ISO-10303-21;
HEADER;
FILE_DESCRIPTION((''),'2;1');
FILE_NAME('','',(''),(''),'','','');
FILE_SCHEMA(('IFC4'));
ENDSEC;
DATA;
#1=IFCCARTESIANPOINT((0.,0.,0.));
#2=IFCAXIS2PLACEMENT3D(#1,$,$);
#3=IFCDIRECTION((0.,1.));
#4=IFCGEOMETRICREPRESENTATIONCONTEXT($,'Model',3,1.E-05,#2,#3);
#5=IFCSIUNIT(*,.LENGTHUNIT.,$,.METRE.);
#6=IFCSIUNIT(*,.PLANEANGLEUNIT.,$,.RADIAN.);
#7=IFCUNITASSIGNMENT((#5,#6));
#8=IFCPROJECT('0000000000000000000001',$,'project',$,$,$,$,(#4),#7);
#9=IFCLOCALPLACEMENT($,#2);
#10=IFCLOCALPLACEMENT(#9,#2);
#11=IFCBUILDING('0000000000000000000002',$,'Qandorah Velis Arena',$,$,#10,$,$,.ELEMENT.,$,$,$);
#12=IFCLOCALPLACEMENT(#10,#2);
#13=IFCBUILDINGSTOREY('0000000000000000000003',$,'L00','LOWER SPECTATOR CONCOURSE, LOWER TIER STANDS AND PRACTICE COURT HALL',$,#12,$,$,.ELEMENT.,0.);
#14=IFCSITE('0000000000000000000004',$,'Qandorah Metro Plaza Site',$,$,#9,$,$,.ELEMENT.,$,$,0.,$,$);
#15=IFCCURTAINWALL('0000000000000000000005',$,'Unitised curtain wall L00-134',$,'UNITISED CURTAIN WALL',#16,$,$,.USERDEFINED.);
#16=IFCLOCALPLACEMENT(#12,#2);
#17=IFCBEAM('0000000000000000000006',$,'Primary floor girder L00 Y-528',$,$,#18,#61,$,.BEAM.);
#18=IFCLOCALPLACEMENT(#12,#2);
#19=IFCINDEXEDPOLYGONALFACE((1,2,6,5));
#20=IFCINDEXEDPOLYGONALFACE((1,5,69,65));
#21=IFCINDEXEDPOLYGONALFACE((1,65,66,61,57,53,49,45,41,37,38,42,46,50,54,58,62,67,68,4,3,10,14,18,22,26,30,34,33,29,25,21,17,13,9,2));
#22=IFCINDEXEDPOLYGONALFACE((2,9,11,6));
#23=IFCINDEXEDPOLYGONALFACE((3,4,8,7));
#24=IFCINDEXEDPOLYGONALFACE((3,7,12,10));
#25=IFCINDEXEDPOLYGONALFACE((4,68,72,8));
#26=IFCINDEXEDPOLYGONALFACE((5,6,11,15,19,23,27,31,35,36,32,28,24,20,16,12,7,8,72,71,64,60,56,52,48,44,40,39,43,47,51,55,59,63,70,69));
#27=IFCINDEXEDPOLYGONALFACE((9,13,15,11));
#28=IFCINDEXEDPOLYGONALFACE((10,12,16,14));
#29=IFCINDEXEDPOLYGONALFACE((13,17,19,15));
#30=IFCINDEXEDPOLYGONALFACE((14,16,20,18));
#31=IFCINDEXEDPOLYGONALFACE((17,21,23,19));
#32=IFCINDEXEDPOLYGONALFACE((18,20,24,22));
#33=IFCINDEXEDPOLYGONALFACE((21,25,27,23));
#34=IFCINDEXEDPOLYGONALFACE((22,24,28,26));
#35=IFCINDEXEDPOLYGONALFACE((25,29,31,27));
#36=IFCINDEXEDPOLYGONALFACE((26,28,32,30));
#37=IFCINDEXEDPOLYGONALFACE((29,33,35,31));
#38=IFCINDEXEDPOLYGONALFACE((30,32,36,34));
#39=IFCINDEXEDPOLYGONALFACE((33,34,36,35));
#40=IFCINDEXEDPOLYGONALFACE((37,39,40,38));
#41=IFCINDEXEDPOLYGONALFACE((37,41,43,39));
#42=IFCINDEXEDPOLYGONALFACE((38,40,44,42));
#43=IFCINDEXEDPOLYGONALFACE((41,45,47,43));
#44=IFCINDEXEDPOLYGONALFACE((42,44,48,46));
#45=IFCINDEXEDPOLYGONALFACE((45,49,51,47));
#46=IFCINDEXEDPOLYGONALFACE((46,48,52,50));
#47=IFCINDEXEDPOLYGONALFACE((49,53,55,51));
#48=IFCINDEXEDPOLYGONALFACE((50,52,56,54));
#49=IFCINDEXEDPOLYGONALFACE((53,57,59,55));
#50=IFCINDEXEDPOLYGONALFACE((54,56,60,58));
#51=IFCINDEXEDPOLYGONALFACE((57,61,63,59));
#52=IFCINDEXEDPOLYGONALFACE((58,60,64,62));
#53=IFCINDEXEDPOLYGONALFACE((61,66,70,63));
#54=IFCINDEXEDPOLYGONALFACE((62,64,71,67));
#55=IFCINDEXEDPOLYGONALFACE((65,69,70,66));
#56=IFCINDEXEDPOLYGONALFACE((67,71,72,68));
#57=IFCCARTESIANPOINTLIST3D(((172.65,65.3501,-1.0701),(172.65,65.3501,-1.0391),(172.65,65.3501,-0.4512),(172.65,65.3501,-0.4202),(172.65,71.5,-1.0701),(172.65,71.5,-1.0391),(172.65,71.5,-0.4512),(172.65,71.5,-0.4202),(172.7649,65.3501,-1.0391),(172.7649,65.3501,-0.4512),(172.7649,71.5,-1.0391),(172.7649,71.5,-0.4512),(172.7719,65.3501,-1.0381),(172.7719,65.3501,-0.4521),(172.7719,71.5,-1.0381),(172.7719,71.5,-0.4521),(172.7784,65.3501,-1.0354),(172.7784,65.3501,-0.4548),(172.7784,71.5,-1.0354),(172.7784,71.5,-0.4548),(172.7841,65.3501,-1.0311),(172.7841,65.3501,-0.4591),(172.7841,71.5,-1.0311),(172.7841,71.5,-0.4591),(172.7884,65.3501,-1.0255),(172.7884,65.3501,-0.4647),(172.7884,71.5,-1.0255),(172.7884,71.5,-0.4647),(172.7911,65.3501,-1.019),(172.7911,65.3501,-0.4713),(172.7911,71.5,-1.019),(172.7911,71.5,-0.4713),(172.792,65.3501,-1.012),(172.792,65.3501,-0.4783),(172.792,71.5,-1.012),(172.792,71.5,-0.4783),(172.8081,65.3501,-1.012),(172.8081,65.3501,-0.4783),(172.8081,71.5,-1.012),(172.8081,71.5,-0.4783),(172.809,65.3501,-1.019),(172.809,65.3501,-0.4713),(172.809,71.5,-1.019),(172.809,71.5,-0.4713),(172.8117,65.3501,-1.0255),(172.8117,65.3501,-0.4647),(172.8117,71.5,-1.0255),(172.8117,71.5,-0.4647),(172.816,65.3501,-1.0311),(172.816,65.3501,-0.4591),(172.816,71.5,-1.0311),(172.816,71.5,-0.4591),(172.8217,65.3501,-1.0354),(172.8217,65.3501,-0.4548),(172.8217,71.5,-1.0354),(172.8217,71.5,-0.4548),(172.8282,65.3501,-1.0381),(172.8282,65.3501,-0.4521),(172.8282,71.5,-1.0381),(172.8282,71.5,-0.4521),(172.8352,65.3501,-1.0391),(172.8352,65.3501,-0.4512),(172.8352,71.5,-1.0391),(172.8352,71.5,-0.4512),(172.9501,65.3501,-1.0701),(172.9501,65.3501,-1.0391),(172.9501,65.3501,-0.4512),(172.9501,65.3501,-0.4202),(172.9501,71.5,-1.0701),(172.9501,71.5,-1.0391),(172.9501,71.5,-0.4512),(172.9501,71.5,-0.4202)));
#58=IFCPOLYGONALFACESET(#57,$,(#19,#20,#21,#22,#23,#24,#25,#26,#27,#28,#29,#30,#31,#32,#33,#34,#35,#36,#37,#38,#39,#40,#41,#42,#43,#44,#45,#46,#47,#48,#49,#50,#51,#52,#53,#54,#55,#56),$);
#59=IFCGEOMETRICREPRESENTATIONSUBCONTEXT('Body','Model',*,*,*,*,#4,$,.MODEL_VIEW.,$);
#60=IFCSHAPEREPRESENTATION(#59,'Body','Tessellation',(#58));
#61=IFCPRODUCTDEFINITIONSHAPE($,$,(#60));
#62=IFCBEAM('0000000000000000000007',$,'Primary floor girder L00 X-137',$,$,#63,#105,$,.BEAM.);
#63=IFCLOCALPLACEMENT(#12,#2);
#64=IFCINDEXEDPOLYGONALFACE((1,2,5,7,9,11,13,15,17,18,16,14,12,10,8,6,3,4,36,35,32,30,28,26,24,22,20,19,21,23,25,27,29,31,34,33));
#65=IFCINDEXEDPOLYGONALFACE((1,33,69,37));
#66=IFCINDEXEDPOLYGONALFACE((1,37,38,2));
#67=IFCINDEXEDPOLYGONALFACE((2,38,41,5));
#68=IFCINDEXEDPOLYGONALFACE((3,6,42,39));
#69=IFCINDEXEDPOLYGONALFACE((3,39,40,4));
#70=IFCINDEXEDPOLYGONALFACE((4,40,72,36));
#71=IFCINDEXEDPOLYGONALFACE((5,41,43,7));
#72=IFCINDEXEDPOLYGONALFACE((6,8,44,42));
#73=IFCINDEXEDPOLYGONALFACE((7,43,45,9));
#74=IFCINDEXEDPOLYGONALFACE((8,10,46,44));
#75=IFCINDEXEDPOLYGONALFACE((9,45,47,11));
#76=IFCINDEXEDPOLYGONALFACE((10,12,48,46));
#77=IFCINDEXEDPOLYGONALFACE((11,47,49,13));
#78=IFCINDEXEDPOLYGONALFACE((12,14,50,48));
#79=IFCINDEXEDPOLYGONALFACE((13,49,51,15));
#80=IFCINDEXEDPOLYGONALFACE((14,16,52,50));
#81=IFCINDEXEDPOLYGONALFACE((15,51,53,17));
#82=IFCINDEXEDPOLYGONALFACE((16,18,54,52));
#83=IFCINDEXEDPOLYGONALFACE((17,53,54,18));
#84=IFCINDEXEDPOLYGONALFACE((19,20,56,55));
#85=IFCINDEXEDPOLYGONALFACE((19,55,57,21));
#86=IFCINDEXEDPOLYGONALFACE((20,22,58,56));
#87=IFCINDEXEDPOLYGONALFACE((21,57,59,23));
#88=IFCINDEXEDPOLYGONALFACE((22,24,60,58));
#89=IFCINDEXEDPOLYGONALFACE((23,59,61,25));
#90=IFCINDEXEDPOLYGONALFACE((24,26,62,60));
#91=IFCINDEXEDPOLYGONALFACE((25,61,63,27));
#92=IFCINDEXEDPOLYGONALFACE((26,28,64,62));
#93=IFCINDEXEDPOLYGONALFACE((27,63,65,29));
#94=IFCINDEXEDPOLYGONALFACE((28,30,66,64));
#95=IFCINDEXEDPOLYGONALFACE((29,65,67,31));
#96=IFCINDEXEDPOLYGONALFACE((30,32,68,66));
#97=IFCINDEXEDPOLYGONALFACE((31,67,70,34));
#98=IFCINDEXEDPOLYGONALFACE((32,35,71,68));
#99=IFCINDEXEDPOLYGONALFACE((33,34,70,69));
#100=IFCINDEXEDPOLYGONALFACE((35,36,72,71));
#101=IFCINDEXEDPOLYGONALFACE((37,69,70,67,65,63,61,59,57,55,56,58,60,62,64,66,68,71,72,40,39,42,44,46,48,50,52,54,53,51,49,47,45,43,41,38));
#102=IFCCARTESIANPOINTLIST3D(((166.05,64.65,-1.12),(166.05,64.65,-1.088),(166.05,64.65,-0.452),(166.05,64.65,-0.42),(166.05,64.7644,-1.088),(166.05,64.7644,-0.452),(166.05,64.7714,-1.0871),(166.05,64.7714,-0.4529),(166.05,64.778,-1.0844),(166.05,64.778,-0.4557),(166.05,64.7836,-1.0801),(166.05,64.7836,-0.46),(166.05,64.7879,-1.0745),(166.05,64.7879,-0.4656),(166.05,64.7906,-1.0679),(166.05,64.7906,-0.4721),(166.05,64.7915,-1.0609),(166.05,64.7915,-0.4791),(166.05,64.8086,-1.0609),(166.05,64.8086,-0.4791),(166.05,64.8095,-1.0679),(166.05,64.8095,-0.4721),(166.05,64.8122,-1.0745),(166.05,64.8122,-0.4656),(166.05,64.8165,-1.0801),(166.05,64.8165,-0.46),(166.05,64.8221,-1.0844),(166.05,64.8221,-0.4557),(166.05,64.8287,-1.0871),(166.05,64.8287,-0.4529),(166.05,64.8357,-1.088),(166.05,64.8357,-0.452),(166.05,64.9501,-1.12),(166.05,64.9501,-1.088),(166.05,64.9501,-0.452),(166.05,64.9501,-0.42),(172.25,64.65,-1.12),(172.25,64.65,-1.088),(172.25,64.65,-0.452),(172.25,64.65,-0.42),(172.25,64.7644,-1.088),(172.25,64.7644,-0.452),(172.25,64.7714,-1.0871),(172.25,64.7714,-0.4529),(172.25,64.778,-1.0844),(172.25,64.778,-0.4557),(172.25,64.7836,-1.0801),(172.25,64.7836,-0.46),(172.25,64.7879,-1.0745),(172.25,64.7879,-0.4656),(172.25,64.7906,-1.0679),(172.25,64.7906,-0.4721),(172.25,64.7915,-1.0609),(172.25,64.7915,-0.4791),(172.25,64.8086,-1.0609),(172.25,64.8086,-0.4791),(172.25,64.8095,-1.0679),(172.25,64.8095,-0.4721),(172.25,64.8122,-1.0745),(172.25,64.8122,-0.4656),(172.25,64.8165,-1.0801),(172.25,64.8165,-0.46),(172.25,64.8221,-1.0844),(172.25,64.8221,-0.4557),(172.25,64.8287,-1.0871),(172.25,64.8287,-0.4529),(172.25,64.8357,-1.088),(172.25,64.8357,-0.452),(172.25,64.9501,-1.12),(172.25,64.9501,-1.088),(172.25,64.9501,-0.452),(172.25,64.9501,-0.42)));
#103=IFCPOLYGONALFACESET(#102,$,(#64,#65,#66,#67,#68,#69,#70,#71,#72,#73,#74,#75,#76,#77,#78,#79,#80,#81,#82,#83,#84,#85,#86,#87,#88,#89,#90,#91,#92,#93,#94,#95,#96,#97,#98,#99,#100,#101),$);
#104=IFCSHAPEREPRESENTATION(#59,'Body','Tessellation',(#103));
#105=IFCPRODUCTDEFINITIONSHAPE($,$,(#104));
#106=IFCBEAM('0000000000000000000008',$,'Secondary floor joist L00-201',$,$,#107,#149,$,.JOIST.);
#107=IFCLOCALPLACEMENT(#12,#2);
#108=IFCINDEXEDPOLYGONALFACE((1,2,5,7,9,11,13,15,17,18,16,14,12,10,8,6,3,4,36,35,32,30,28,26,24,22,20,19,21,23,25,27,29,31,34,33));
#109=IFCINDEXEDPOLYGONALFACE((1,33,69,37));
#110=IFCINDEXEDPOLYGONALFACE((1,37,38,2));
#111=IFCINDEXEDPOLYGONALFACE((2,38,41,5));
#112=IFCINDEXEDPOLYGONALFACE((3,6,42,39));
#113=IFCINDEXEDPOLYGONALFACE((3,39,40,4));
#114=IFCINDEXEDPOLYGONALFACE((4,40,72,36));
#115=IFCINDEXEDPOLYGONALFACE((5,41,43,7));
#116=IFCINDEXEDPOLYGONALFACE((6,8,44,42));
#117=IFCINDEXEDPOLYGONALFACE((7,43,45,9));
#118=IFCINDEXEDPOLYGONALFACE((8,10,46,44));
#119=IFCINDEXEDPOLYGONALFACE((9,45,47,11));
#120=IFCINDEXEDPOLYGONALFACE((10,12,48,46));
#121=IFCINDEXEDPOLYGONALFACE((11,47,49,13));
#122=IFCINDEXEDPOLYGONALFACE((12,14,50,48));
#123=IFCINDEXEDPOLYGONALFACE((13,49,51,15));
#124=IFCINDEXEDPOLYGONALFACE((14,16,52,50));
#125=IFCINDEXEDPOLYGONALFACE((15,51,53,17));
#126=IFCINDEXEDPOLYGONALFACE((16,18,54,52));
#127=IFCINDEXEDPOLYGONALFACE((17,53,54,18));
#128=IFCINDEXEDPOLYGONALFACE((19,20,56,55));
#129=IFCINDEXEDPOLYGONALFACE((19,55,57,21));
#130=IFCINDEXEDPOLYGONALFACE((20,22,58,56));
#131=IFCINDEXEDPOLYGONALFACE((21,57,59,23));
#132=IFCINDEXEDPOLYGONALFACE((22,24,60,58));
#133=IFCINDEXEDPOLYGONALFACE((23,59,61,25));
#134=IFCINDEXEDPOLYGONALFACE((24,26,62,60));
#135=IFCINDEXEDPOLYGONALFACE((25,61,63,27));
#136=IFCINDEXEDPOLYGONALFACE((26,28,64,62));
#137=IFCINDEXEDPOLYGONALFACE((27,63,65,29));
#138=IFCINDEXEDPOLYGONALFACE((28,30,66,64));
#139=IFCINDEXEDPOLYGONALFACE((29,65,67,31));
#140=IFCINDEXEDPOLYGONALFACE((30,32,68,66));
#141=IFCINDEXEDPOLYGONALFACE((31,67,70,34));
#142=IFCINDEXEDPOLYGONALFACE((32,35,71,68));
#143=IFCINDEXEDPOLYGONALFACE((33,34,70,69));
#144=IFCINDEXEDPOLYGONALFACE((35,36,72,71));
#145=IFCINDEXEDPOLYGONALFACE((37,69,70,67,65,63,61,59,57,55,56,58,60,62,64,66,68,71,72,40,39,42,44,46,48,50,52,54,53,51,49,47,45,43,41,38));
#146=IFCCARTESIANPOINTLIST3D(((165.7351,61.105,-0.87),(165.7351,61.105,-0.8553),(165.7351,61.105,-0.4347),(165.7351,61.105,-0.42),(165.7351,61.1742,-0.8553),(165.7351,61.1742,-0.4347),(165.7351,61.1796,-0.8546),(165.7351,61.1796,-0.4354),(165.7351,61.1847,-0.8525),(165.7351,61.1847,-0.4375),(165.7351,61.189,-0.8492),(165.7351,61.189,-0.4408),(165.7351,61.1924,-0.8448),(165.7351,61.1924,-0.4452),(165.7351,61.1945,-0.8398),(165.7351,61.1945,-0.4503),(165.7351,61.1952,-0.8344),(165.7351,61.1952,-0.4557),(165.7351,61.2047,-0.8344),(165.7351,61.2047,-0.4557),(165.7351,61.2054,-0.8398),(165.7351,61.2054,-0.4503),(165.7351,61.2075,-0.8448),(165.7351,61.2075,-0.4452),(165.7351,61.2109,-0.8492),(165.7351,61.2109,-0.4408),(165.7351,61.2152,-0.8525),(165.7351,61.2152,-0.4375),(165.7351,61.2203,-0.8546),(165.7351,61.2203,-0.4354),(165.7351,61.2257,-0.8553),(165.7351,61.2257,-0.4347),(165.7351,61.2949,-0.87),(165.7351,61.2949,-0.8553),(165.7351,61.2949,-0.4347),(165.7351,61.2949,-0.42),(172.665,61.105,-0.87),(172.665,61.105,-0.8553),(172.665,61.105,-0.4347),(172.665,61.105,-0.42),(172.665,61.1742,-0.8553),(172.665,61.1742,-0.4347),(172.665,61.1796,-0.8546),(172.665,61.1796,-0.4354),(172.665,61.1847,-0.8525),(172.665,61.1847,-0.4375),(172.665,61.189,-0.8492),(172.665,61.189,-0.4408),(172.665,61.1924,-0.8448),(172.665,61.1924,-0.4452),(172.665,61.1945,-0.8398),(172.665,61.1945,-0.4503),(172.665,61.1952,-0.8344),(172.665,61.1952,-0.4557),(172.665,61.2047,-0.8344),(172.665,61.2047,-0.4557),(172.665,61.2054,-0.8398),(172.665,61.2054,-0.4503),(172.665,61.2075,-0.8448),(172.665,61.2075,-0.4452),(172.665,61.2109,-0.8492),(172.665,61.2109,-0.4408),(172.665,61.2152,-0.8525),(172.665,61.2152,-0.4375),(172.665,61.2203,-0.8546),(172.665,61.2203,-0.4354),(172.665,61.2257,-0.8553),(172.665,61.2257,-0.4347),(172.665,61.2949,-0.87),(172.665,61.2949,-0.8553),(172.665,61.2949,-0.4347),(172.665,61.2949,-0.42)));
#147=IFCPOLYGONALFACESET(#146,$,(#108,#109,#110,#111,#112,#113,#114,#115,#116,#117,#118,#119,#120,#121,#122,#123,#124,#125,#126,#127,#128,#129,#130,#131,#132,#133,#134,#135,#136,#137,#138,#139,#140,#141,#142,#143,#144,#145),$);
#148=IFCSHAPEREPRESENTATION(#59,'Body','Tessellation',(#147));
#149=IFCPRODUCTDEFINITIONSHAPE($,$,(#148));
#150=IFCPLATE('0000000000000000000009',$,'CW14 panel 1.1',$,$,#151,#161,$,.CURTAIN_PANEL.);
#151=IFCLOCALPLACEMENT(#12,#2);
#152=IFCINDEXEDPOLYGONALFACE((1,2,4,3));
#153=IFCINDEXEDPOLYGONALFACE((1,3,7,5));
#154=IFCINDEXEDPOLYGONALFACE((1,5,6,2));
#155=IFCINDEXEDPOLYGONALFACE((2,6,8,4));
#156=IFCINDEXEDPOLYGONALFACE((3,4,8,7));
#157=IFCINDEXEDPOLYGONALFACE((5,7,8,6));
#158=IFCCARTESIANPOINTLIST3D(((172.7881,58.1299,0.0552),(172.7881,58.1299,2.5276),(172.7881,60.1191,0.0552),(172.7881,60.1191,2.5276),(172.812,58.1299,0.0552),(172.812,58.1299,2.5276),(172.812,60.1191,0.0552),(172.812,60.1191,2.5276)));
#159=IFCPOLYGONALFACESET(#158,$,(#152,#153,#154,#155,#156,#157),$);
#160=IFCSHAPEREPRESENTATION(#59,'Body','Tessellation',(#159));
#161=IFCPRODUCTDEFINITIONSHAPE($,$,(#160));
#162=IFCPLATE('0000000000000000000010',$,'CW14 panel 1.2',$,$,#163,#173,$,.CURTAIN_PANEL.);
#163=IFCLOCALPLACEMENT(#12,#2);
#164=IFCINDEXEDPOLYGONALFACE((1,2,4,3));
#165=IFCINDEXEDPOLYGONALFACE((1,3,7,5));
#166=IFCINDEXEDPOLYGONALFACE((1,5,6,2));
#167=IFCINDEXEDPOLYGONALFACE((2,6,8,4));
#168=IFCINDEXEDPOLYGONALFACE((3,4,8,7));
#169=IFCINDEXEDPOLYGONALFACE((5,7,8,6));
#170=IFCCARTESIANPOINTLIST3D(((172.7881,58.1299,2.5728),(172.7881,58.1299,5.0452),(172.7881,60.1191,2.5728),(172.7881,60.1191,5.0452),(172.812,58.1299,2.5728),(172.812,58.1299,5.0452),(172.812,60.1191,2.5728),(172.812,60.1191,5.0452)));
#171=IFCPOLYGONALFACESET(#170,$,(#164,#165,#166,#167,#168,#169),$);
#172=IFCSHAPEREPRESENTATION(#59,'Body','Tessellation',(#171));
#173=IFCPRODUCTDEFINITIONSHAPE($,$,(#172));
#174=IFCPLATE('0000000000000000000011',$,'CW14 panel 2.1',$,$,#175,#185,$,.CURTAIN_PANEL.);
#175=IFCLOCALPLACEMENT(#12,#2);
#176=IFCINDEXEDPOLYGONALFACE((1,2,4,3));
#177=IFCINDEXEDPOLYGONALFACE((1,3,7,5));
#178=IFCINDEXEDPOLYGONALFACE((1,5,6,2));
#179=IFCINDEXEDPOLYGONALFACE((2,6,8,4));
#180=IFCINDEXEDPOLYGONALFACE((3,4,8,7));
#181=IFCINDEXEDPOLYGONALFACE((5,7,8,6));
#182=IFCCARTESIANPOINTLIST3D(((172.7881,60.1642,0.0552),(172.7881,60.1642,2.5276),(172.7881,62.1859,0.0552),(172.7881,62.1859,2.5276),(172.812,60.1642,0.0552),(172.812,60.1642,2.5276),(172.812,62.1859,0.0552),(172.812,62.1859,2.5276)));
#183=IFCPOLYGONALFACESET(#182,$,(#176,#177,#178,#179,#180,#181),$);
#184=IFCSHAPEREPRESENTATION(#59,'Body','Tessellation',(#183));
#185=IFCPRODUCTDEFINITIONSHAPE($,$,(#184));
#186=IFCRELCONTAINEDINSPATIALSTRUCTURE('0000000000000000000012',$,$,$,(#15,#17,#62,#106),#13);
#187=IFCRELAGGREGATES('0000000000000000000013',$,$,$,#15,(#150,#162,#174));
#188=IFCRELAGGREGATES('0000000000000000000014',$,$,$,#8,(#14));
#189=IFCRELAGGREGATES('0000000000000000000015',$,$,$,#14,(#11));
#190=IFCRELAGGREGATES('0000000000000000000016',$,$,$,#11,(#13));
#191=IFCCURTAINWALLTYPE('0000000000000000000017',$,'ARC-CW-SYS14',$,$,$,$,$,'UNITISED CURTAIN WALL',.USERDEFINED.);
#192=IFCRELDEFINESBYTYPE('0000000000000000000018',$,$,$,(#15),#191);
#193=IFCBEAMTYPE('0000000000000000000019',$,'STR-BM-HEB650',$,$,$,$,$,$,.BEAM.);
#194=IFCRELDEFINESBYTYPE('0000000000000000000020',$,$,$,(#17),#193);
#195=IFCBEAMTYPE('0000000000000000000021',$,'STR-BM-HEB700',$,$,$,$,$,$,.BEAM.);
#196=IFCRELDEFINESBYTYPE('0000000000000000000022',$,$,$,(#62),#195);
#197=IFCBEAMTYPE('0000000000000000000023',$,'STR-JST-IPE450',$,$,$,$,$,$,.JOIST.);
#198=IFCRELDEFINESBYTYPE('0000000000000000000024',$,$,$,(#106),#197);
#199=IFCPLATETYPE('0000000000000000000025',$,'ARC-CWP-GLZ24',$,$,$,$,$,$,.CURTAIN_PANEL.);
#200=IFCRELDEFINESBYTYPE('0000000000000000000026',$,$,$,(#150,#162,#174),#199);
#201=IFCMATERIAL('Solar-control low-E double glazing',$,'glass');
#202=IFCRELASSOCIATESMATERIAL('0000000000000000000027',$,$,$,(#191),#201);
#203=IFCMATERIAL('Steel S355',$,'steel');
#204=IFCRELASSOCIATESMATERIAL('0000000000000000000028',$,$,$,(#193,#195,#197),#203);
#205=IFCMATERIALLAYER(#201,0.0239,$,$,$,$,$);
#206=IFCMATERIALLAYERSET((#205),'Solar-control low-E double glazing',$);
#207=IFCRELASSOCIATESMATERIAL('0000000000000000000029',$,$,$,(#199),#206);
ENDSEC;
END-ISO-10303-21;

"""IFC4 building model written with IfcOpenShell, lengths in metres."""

from ifc_helpers import new_model, si_unit, direction, frame, origin, origin_2d, place, context, subcontext, project, spatial, rectangle, i_section, extrude, material, layer, layer_set, material_profile, profile_set, type_object, element, aggregate, save


model = new_model("IFC4")

# Units and contexts
model_context = context("Model", 3, precision=1e-05, world=origin(), true_north=direction((0.0, 1.0)))
body_context = subcontext(model_context, "Body", "Model", "MODEL_VIEW")
ifc_project = project(units=[si_unit("LENGTHUNIT", "METRE"), si_unit("PLANEANGLEUNIT", "RADIAN")], contexts=[model_context])

# Site, building, storey
site_placement = place(None, origin())
site = spatial("IfcSite", under=ifc_project, at=site_placement, Name="Qandorah Metro Plaza Site", CompositionType="ELEMENT", RefElevation=0.0)
building_placement = place(site_placement, origin())
building = spatial("IfcBuilding", under=site, at=building_placement, Name="Qandorah Velis Arena", CompositionType="ELEMENT")
storey_placement = place(building_placement, origin())
storey = spatial("IfcBuildingStorey", under=building, at=storey_placement, Name="L00", Description="LOWER SPECTATOR CONCOURSE, LOWER TIER STANDS AND PRACTICE COURT HALL", CompositionType="ELEMENT", Elevation=0.0)

# Shared definitions
ifc_material_1 = material(Name="Solar-control low-E double glazing", Category="glass")

# Curtain wall
curtain_wall_type_1 = type_object("IfcCurtainWallType", Name="ARC-CW-SYS14", ElementType="UNITISED CURTAIN WALL", PredefinedType="USERDEFINED", material=ifc_material_1)
curtain_wall_1_placement = place(storey_placement, origin())
curtain_wall_1 = element("IfcCurtainWall", 1, at=curtain_wall_1_placement, inside=storey, type_object=curtain_wall_type_1, Name="Unitised curtain wall L00-134", ObjectType="UNITISED CURTAIN WALL", PredefinedType="USERDEFINED")

# Beams
ifc_material_2 = material(Name="Steel S355", Category="steel")
ifc_material_profile_1 = material_profile(ifc_material_2, i_section(OverallWidth=0.3, OverallDepth=0.6499, WebThickness=0.0161, FlangeThickness=0.031, FilletRadius=0.0271, at=origin_2d()), Name="HEB 650")
ifc_profile_set_1 = profile_set([ifc_material_profile_1], Name="Steel S355")
beam_type_1 = type_object("IfcBeamType", Name="STR-BM-HEB650", PredefinedType="BEAM", material=ifc_profile_set_1)
beam_1_placement = place(storey_placement, frame((172.8, 65.3501, -0.7451), z_axis=(0.0, 1.0, 0.0), x_axis=(-1.0, 0.0, 0.0)))
element("IfcBeam", 2, at=beam_1_placement, inside=storey, type_object=beam_type_1, Name="Primary floor girder L00 Y-528", PredefinedType="BEAM", context=body_context, shape_type="SweptSolid", body=[
    extrude(i_section(OverallWidth=0.3, OverallDepth=0.6499, WebThickness=0.0161, FlangeThickness=0.031, FilletRadius=0.0271, at=origin_2d()), origin(), (0.0, 0.0, 1.0), 6.1499),
])
ifc_material_profile_2 = material_profile(ifc_material_2, i_section(OverallWidth=0.3, OverallDepth=0.7, WebThickness=0.0171, FlangeThickness=0.032, FilletRadius=0.0271, at=origin_2d()), Name="HEB 700")
ifc_profile_set_2 = profile_set([ifc_material_profile_2], Name="Steel S355")
beam_type_2 = type_object("IfcBeamType", Name="STR-BM-HEB700", PredefinedType="BEAM", material=ifc_profile_set_2)
beam_2_placement = place(storey_placement, frame((166.05, 64.8, -0.77), z_axis=(1.0, 0.0, 0.0), x_axis=(0.0, 1.0, 0.0)))
element("IfcBeam", 3, at=beam_2_placement, inside=storey, type_object=beam_type_2, Name="Primary floor girder L00 X-137", PredefinedType="BEAM", context=body_context, shape_type="SweptSolid", body=[
    extrude(i_section(OverallWidth=0.3, OverallDepth=0.7, WebThickness=0.0171, FlangeThickness=0.032, FilletRadius=0.0271, at=origin_2d()), origin(), (0.0, 0.0, 1.0), 6.2),
])
ifc_material_profile_3 = material_profile(ifc_material_2, i_section(OverallWidth=0.1899, OverallDepth=0.45, WebThickness=0.0095, FlangeThickness=0.0146, FilletRadius=0.021, at=origin_2d()), Name="IPE 450")
ifc_profile_set_3 = profile_set([ifc_material_profile_3], Name="Steel S355")
beam_type_3 = type_object("IfcBeamType", Name="STR-JST-IPE450", PredefinedType="JOIST", material=ifc_profile_set_3)
beam_3_placement = place(storey_placement, frame((165.7351, 61.2, -0.645), z_axis=(1.0, 0.0, 0.0), x_axis=(0.0, 1.0, 0.0)))
element("IfcBeam", 4, at=beam_3_placement, inside=storey, type_object=beam_type_3, Name="Secondary floor joist L00-201", PredefinedType="JOIST", context=body_context, shape_type="SweptSolid", body=[
    extrude(i_section(OverallWidth=0.1899, OverallDepth=0.45, WebThickness=0.0095, FlangeThickness=0.0146, FilletRadius=0.021, at=origin_2d()), origin(), (0.0, 0.0, 1.0), 6.9299),
])

# Plates
ifc_layer_1 = layer(ifc_material_1, 0.0239)
ifc_layer_set_1 = layer_set([ifc_layer_1], Name="Solar-control low-E double glazing")
plate_type_1 = type_object("IfcPlateType", Name="ARC-CWP-GLZ24", PredefinedType="CURTAIN_PANEL", material=ifc_layer_set_1)
plate_1_placement = place(storey_placement, frame((172.8, 59.1245, 0.0552), z_axis=(0.0, 0.0, 1.0), x_axis=(0.0, 1.0, 0.0)))
plate_1 = element("IfcPlate", 5, at=plate_1_placement, type_object=plate_type_1, Name="CW14 panel 1.1", PredefinedType="CURTAIN_PANEL", context=body_context, shape_type="SweptSolid", body=[
    extrude(rectangle(XDim=1.9893, YDim=0.0239, at=origin_2d()), origin(), (0.0, 0.0, 1.0), 2.4724),
])
plate_2_placement = place(storey_placement, frame((172.8, 59.1245, 2.5728), z_axis=(0.0, 0.0, 1.0), x_axis=(0.0, 1.0, 0.0)))
plate_2 = element("IfcPlate", 6, at=plate_2_placement, type_object=plate_type_1, Name="CW14 panel 1.2", PredefinedType="CURTAIN_PANEL", context=body_context, shape_type="SweptSolid", body=[
    extrude(rectangle(XDim=1.9893, YDim=0.0239, at=origin_2d()), origin(), (0.0, 0.0, 1.0), 2.4724),
])
plate_3_placement = place(storey_placement, frame((172.8, 61.175, 0.0552), z_axis=(0.0, 0.0, 1.0), x_axis=(0.0, 1.0, 0.0)))
plate_3 = element("IfcPlate", 7, at=plate_3_placement, type_object=plate_type_1, Name="CW14 panel 2.1", PredefinedType="CURTAIN_PANEL", context=body_context, shape_type="SweptSolid", body=[
    extrude(rectangle(XDim=2.0217, YDim=0.0239, at=origin_2d()), origin(), (0.0, 0.0, 1.0), 2.4724),
])
aggregate(curtain_wall_1, [plate_1, plate_2, plate_3])

save(model, "model.ifc")
